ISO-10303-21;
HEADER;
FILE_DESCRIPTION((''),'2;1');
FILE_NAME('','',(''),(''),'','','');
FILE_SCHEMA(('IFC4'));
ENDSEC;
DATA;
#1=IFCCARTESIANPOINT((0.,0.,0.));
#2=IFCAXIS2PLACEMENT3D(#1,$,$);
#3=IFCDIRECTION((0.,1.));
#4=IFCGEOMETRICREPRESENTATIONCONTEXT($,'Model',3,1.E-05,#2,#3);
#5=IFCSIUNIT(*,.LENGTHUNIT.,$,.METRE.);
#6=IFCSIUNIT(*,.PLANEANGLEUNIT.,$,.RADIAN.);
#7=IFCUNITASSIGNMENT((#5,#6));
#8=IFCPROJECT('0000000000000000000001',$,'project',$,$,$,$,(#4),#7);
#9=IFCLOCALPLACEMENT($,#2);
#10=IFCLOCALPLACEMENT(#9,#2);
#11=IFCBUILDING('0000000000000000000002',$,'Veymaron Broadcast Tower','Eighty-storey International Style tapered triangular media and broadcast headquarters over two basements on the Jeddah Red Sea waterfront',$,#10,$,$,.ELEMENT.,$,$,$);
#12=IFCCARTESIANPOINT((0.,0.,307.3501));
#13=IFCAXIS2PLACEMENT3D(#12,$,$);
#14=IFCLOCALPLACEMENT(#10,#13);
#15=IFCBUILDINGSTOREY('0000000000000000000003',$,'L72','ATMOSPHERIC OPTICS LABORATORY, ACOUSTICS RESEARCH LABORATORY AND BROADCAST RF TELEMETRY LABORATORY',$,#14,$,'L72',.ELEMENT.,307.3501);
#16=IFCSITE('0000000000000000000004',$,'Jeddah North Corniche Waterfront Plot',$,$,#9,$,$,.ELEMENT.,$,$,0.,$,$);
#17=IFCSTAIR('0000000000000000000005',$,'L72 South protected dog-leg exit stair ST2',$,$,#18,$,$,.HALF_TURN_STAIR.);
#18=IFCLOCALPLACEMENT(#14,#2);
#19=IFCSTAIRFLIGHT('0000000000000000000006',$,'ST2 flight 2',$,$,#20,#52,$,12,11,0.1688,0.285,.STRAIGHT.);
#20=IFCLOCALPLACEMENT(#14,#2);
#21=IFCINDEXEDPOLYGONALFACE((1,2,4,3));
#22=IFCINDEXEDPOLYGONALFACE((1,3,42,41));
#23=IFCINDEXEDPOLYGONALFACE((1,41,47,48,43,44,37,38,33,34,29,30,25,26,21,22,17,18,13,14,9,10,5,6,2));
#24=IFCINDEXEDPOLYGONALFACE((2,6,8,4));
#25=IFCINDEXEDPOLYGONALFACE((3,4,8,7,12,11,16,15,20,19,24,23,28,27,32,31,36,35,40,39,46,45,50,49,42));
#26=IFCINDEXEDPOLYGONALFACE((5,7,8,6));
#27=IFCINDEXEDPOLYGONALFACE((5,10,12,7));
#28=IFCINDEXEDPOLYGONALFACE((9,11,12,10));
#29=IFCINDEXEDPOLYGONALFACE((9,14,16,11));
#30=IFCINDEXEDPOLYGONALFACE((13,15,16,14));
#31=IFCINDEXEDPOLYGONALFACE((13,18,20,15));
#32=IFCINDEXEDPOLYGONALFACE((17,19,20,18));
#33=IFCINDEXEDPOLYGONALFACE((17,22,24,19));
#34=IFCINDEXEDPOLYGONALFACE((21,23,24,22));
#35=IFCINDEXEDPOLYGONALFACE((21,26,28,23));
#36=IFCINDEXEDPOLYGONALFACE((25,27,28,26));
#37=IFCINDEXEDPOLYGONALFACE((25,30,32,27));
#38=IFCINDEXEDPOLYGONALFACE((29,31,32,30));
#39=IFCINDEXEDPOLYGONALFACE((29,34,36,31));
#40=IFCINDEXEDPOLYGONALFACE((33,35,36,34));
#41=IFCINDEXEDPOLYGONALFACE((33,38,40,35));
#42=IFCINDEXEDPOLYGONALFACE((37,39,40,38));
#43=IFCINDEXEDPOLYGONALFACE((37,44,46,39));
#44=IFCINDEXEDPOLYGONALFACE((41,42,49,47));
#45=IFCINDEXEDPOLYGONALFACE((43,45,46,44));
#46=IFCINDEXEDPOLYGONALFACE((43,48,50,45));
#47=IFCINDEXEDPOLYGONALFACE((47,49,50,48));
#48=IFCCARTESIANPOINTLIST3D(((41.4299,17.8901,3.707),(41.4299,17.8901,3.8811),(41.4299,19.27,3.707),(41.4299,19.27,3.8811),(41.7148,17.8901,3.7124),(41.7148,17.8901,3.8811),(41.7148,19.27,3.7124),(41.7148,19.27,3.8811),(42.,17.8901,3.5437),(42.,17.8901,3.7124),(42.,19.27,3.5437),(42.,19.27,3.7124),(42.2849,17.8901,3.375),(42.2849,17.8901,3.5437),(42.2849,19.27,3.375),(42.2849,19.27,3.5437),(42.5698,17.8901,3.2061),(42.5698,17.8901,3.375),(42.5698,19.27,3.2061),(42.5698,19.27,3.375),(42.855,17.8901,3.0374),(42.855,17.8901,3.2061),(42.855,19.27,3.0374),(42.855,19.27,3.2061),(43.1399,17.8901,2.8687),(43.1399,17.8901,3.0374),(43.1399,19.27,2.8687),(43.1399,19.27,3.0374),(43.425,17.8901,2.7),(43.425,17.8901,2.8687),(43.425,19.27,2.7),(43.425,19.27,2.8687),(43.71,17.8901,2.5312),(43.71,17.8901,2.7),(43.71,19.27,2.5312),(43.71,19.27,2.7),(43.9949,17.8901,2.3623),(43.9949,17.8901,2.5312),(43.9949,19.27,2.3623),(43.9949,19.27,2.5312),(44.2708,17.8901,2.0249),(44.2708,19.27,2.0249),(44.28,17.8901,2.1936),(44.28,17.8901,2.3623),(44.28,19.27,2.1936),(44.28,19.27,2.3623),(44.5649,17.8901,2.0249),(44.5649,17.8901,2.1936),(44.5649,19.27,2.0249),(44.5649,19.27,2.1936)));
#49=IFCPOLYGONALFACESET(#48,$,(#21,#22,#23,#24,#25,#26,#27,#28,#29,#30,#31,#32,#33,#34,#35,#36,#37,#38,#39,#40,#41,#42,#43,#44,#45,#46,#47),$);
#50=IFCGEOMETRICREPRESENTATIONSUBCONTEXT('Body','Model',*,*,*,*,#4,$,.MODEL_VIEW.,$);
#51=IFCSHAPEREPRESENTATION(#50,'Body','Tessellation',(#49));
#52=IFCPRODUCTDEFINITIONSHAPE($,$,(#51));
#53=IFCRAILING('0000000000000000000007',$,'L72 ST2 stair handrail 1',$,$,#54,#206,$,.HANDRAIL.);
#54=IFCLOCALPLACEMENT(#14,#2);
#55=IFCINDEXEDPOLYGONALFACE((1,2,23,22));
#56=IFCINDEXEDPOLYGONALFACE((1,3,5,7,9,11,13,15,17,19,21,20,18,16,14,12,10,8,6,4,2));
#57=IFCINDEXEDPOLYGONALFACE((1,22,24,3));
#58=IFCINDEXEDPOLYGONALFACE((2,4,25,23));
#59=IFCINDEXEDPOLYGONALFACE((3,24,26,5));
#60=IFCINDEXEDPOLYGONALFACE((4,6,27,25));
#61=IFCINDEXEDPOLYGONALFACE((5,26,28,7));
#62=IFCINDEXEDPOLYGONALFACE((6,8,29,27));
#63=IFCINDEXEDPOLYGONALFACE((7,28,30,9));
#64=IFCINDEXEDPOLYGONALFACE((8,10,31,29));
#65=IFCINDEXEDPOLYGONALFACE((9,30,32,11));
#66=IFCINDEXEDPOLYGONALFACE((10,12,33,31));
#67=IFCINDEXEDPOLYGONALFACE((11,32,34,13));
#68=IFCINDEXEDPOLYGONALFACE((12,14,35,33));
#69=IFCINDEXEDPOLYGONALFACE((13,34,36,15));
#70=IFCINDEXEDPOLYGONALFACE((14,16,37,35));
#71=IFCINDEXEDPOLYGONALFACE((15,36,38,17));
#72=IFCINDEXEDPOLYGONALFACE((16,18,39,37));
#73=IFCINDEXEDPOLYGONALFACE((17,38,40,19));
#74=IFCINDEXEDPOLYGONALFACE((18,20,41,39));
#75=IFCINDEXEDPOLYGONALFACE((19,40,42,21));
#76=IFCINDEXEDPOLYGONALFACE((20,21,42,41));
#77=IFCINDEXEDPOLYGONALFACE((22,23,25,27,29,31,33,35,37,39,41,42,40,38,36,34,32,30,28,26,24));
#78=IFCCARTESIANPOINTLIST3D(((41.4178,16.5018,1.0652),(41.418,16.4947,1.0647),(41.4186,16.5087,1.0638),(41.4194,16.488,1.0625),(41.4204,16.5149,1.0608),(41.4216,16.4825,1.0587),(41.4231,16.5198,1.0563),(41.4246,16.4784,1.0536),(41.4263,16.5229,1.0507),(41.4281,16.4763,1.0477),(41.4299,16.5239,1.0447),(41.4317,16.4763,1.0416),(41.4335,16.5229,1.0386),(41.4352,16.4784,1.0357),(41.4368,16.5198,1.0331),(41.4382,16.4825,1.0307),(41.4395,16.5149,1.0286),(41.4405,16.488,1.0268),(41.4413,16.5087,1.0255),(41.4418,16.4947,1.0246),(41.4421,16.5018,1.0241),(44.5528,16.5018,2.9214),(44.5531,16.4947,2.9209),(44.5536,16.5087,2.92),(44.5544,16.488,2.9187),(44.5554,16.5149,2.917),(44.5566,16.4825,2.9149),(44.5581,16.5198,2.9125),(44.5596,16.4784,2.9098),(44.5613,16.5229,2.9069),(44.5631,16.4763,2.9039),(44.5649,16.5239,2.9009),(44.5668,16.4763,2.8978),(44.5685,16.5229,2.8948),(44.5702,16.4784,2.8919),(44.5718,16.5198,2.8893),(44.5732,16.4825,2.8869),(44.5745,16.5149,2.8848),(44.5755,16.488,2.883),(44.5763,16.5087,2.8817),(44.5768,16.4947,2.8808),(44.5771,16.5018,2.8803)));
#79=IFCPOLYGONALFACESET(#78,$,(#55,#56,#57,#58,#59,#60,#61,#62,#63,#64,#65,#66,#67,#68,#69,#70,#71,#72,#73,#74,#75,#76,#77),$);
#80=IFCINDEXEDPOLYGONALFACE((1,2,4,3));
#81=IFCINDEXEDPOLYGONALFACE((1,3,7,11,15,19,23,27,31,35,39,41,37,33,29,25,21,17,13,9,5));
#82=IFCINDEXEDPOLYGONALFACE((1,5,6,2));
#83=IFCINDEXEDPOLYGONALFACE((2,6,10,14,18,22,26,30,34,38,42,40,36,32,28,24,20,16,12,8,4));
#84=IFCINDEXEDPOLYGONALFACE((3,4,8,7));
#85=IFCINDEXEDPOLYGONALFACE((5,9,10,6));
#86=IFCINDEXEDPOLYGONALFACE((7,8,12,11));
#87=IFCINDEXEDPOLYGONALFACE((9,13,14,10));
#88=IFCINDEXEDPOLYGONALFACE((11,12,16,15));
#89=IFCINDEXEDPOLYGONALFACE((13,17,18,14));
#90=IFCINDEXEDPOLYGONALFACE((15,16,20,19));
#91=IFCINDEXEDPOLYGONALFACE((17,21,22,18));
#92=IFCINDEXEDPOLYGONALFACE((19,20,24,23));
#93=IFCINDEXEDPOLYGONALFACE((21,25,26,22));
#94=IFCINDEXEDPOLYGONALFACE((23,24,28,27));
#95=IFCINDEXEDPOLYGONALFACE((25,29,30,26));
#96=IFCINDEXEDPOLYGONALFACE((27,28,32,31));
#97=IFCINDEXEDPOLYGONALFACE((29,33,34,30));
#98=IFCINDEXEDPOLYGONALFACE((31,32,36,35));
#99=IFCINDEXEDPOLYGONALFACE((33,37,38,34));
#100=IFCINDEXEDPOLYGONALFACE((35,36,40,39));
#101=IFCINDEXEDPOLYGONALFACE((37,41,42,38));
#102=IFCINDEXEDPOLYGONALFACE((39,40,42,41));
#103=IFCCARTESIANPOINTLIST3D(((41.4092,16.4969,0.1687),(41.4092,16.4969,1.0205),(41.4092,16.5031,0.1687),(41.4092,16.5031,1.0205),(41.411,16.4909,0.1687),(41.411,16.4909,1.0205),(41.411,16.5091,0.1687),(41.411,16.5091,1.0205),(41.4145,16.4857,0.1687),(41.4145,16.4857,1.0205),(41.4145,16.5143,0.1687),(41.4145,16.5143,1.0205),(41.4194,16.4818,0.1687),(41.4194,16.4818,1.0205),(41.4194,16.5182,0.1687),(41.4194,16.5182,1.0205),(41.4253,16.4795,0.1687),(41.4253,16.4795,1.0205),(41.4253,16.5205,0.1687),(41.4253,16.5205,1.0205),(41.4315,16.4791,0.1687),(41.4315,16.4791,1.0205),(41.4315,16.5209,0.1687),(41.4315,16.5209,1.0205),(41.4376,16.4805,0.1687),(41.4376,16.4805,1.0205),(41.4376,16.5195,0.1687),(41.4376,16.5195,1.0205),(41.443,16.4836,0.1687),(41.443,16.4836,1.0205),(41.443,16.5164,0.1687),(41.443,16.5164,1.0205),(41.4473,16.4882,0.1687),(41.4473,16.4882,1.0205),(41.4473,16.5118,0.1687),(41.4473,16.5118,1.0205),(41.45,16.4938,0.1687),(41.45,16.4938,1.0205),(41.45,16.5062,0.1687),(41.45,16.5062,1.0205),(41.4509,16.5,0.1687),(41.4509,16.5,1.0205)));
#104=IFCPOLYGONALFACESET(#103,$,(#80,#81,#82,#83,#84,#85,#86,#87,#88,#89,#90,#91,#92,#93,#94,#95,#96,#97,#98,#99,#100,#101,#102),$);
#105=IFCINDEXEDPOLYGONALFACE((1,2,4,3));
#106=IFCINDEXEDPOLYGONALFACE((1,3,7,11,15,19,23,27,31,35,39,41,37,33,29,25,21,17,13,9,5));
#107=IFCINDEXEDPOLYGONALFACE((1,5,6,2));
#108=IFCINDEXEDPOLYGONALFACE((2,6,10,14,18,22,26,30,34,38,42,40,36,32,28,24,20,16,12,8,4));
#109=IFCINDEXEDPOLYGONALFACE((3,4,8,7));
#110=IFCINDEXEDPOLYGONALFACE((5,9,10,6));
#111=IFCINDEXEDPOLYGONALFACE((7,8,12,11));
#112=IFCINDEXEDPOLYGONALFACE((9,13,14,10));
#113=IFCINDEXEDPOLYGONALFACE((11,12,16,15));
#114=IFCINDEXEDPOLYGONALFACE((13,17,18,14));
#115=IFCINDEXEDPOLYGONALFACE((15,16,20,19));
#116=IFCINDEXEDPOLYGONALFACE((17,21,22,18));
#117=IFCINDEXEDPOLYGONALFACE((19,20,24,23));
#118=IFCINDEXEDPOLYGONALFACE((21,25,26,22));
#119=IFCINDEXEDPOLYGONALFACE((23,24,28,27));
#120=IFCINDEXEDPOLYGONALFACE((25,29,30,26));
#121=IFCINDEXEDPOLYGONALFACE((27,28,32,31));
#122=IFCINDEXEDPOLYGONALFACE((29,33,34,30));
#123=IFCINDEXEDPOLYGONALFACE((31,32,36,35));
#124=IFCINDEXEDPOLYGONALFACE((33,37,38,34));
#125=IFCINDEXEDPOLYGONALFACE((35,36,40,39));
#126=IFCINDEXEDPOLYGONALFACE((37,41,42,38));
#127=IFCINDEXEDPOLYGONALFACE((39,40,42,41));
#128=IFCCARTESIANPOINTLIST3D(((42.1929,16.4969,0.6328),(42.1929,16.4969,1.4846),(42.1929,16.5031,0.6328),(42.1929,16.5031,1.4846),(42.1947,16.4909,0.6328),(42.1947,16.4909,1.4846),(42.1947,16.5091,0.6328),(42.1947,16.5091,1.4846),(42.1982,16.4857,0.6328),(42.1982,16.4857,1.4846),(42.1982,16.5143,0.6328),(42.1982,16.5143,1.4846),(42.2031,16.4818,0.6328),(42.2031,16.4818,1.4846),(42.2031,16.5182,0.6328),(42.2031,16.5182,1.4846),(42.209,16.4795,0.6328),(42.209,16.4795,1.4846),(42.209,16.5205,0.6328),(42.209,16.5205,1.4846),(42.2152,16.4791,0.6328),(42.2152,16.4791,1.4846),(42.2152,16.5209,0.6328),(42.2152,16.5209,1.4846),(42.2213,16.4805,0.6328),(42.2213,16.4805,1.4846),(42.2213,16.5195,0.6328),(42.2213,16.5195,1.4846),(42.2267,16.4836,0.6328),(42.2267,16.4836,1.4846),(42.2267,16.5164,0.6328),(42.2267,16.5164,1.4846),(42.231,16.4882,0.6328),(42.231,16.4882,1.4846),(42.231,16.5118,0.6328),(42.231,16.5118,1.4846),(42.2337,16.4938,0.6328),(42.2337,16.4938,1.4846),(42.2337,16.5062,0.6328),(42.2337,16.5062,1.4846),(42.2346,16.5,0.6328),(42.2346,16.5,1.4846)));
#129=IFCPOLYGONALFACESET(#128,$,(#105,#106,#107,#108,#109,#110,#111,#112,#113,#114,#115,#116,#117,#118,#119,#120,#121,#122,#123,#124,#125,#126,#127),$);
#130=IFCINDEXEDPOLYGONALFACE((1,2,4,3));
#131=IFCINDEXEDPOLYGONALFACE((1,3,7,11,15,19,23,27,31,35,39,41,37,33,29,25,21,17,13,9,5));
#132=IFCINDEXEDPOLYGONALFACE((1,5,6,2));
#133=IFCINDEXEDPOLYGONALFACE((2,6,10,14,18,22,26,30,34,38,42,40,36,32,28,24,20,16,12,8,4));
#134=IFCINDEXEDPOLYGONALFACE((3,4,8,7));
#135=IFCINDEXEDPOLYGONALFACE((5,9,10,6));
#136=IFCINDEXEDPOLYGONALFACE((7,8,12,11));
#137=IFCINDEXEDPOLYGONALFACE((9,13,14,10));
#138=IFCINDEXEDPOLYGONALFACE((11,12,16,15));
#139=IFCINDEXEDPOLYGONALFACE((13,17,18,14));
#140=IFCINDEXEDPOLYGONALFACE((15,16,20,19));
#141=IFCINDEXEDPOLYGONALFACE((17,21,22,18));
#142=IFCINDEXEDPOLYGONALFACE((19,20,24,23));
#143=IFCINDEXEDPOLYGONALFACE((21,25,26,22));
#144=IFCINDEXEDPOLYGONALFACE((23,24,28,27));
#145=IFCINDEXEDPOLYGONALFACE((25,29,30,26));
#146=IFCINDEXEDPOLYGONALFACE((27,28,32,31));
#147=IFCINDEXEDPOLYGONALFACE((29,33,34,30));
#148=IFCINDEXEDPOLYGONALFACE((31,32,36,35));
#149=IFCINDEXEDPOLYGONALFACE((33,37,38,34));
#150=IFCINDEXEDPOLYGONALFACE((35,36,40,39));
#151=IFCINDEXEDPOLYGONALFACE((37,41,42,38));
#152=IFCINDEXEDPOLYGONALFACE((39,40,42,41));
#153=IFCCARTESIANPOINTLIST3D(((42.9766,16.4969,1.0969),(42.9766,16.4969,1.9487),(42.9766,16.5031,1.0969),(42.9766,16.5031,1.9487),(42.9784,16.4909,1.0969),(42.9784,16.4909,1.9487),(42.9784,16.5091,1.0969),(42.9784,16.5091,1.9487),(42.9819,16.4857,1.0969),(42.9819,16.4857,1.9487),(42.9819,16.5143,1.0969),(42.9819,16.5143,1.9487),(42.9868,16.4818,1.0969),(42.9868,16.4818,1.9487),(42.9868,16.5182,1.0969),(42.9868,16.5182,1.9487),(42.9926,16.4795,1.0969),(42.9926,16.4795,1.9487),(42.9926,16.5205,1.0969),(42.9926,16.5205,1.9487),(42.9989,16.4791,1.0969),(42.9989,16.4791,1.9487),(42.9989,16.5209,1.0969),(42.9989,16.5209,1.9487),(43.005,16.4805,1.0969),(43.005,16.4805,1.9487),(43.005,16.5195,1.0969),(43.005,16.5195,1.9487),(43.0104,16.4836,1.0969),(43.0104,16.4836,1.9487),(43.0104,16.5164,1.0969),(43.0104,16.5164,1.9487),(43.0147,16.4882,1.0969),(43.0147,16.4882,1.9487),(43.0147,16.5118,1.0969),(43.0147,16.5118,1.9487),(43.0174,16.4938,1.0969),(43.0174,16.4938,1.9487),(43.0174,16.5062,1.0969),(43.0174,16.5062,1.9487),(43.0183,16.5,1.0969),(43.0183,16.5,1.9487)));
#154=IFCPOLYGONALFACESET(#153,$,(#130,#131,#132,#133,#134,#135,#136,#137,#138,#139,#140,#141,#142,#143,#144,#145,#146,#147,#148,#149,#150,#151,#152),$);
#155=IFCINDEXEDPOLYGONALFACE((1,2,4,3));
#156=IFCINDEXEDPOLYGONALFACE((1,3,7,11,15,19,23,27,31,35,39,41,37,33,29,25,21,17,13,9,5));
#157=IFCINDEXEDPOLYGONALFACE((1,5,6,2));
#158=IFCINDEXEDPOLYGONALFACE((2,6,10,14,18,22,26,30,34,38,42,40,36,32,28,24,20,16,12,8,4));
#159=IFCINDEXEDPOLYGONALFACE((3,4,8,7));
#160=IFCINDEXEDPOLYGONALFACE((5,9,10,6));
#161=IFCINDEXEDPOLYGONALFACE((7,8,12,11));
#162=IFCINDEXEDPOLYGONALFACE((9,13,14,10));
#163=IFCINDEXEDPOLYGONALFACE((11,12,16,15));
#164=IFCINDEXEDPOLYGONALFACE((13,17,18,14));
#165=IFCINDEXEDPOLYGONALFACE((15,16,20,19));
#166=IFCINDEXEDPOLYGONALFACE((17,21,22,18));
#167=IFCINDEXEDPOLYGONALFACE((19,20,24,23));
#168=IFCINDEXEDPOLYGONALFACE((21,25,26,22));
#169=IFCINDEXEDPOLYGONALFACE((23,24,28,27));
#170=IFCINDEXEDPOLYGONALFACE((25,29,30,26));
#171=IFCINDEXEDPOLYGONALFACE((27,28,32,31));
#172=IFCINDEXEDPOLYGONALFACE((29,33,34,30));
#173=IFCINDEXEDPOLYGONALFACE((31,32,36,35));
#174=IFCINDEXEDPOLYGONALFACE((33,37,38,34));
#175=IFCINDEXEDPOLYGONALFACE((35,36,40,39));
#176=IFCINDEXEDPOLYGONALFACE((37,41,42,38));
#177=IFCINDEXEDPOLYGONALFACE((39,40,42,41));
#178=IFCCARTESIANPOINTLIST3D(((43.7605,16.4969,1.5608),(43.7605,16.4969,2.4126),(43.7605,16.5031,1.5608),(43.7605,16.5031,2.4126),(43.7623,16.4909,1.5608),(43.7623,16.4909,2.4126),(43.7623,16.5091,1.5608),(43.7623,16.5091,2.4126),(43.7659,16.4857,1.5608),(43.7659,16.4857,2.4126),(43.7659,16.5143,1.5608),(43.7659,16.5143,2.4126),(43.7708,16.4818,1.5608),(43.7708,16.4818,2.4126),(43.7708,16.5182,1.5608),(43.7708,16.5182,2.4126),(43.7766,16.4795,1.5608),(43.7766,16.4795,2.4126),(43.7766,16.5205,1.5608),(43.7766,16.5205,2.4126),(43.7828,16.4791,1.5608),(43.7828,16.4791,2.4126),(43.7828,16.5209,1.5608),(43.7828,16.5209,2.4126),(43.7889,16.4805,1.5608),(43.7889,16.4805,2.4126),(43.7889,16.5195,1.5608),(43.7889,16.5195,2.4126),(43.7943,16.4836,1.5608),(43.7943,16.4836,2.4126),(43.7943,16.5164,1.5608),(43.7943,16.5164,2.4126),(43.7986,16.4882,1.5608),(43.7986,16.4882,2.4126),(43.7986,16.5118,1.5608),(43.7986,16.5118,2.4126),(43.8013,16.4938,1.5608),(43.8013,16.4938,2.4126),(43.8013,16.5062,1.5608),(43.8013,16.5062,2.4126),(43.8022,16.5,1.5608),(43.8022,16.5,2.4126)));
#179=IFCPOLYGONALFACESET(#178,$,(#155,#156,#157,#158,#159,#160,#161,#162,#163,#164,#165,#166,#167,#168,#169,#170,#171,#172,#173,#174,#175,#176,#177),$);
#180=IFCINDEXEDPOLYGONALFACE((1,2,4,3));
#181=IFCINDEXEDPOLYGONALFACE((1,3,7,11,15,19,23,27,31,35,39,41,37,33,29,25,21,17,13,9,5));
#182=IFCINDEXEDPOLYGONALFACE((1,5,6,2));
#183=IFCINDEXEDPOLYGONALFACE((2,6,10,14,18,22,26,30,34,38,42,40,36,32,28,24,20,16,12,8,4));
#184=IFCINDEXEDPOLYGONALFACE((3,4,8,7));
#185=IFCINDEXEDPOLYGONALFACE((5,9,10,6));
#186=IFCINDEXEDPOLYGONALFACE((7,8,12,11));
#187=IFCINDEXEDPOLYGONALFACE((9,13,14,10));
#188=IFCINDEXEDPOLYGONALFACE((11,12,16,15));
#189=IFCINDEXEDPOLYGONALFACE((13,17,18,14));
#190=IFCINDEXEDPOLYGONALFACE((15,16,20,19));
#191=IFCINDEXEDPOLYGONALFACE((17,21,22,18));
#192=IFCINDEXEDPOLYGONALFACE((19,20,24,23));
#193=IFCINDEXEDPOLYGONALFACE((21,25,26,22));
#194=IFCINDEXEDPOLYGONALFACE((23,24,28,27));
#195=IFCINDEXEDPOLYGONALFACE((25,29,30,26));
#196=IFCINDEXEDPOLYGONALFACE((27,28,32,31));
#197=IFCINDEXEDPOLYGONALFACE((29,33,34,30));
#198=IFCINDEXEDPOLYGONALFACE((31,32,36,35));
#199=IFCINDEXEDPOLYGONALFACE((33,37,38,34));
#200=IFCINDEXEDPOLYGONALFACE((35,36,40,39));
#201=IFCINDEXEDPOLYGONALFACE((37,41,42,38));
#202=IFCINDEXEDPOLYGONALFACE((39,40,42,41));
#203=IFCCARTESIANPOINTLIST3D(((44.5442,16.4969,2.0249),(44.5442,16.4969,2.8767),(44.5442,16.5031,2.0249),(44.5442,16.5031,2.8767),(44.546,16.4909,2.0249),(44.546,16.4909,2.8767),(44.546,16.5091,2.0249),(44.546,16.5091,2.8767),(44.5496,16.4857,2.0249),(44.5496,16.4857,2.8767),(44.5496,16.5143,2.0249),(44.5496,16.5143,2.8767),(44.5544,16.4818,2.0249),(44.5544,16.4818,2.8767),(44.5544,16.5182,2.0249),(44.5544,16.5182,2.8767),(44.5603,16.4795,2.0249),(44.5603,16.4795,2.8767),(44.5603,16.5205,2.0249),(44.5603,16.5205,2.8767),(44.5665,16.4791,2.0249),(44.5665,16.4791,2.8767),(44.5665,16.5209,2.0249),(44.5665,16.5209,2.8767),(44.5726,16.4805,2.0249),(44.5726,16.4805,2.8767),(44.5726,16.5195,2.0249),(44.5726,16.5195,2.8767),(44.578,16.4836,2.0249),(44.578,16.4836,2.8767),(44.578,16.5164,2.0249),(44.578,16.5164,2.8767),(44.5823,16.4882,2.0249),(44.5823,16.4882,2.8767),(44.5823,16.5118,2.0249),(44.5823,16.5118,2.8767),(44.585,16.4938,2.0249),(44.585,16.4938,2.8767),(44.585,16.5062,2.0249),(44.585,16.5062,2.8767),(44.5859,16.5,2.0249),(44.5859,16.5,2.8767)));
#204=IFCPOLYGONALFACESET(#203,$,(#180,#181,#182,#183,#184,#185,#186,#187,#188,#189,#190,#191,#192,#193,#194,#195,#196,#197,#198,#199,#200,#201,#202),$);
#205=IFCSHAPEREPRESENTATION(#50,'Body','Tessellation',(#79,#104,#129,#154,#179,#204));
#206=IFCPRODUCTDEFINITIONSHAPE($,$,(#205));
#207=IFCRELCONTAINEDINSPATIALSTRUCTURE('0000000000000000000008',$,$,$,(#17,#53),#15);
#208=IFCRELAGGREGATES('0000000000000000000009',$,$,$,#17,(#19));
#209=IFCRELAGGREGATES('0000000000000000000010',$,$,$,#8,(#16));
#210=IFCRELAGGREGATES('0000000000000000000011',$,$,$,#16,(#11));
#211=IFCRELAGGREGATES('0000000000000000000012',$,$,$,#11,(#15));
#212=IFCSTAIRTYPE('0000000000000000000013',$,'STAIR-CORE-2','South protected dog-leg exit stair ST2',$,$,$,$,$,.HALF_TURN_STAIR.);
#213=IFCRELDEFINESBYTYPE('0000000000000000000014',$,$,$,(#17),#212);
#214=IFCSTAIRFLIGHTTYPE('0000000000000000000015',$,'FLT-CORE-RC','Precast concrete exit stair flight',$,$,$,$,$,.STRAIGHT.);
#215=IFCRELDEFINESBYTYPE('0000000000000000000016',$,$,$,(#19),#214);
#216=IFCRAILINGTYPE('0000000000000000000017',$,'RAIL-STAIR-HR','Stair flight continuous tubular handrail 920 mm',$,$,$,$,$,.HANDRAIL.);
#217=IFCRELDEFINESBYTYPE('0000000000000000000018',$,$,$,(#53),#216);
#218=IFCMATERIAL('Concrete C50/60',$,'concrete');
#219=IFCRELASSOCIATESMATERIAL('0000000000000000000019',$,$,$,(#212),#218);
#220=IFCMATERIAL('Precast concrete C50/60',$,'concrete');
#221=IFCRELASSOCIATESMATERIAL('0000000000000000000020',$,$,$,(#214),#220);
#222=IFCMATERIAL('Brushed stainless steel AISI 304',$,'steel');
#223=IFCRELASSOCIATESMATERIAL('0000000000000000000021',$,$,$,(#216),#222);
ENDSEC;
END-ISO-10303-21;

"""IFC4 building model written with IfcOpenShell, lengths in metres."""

from ifc_helpers import new_model, si_unit, direction, frame, origin, origin_2d, place, context, subcontext, project, spatial, polyline, circle, outline, extrude, material, type_object, element, aggregate, save


model = new_model("IFC4")

# Units and contexts
model_context = context("Model", 3, precision=1e-05, world=origin(), true_north=direction((0.0, 1.0)))
body_context = subcontext(model_context, "Body", "Model", "MODEL_VIEW")
ifc_project = project(units=[si_unit("LENGTHUNIT", "METRE"), si_unit("PLANEANGLEUNIT", "RADIAN")], contexts=[model_context])

# Site, building, storey
site_placement = place(None, origin())
site = spatial("IfcSite", under=ifc_project, at=site_placement, Name="Jeddah North Corniche Waterfront Plot", CompositionType="ELEMENT", RefElevation=0.0)
building_placement = place(site_placement, origin())
building = spatial("IfcBuilding", under=site, at=building_placement, Name="Veymaron Broadcast Tower", Description="Eighty-storey International Style tapered triangular media and broadcast headquarters over two basements on the Jeddah Red Sea waterfront", CompositionType="ELEMENT")
storey_placement = place(building_placement, frame((0.0, 0.0, 307.3501)))
storey = spatial("IfcBuildingStorey", under=building, at=storey_placement, Name="L72", Description="ATMOSPHERIC OPTICS LABORATORY, ACOUSTICS RESEARCH LABORATORY AND BROADCAST RF TELEMETRY LABORATORY", LongName="L72", CompositionType="ELEMENT", Elevation=307.3501)

# Shared definitions
ifc_material_1 = material(Name="Concrete C50/60", Category="concrete")

# Stair, stair flight
stair_type = type_object("IfcStairType", Name="STAIR-CORE-2", Description="South protected dog-leg exit stair ST2", PredefinedType="HALF_TURN_STAIR", material=ifc_material_1)
stair_placement = place(storey_placement, origin())
stair = element("IfcStair", 1, at=stair_placement, inside=storey, type_object=stair_type, Name="L72 South protected dog-leg exit stair ST2", PredefinedType="HALF_TURN_STAIR")
ifc_material_2 = material(Name="Precast concrete C50/60", Category="concrete")
stair_flight_type = type_object("IfcStairFlightType", Name="FLT-CORE-RC", Description="Precast concrete exit stair flight", PredefinedType="STRAIGHT", material=ifc_material_2)
stair_flight_1_placement = place(storey_placement, frame((44.5649, 18.5801, 2.0249), z_axis=(0.0, 0.0, 1.0), x_axis=(-1.0, 0.0, 0.0)))
stair_flight_1 = element("IfcStairFlight", 2, at=stair_flight_1_placement, type_object=stair_flight_type, Name="ST2 flight 2", NumberOfRisers=12, NumberOfTreads=11, PredefinedType="STRAIGHT", RiserHeight=0.1688, TreadLength=0.285, context=body_context, shape_type="SweptSolid", body=[
    extrude(outline(polyline([(0.0, 0.0), (0.0, 0.1687), (0.2849, 0.1687), (0.2849, 0.3374), (0.5701, 0.3374), (0.5701, 0.5063), (0.855, 0.5063), (0.855, 0.675), (1.1399, 0.675), (1.1399, 0.8438), (1.425, 0.8438), (1.425, 1.0125), (1.71, 1.0125), (1.71, 1.1812), (1.9951, 1.1812), (1.9951, 1.3501), (2.28, 1.3501), (2.28, 1.5188), (2.5649, 1.5188), (2.5649, 1.6875), (2.8501, 1.6875), (2.8501, 1.8562), (3.135, 1.8562), (3.135, 2.0249), (3.135, 1.6821), (0.2942, 0.0), (0.0, 0.0)])), frame((0.0, 0.6899, 0.0), z_axis=(0.0, -1.0, 0.0), x_axis=(1.0, 0.0, 0.0)), (0.0, 0.0, 1.0), 1.3799),
])
aggregate(stair, [stair_flight_1])

# Railing
ifc_material_3 = material(Name="Brushed stainless steel AISI 304", Category="steel")
railing_type_1 = type_object("IfcRailingType", Name="RAIL-STAIR-HR", Description="Stair flight continuous tubular handrail 920 mm", PredefinedType="HANDRAIL", material=ifc_material_3)
railing_1_placement = place(storey_placement, frame((41.4299, 16.5, 0.1687)))
element("IfcRailing", 3, at=railing_1_placement, inside=storey, type_object=railing_type_1, Name="L72 ST2 stair handrail 1", PredefinedType="HANDRAIL", context=body_context, shape_type="SweptSolid", body=[
    extrude(circle(Radius=0.0239, at=origin_2d()), frame((0.0, 0.0, 0.876), z_axis=(0.860482, 0.0, 0.509481), x_axis=(0.0, 1.0, 0.0)), (0.0, 0.0, 1.0), 3.6433),
    extrude(circle(Radius=0.021, at=origin_2d()), origin(), (0.0, 0.0, 1.0), 0.8518),
    extrude(circle(Radius=0.021, at=origin_2d()), frame((0.7837, 0.0, 0.4641)), (0.0, 0.0, 1.0), 0.8518),
    extrude(circle(Radius=0.021, at=origin_2d()), frame((1.5674, 0.0, 0.9282)), (0.0, 0.0, 1.0), 0.8518),
    extrude(circle(Radius=0.021, at=origin_2d()), frame((2.3513, 0.0, 1.3921)), (0.0, 0.0, 1.0), 0.8518),
    extrude(circle(Radius=0.021, at=origin_2d()), frame((3.135, 0.0, 1.8562)), (0.0, 0.0, 1.0), 0.8518),
])

save(model, "model.ifc")
